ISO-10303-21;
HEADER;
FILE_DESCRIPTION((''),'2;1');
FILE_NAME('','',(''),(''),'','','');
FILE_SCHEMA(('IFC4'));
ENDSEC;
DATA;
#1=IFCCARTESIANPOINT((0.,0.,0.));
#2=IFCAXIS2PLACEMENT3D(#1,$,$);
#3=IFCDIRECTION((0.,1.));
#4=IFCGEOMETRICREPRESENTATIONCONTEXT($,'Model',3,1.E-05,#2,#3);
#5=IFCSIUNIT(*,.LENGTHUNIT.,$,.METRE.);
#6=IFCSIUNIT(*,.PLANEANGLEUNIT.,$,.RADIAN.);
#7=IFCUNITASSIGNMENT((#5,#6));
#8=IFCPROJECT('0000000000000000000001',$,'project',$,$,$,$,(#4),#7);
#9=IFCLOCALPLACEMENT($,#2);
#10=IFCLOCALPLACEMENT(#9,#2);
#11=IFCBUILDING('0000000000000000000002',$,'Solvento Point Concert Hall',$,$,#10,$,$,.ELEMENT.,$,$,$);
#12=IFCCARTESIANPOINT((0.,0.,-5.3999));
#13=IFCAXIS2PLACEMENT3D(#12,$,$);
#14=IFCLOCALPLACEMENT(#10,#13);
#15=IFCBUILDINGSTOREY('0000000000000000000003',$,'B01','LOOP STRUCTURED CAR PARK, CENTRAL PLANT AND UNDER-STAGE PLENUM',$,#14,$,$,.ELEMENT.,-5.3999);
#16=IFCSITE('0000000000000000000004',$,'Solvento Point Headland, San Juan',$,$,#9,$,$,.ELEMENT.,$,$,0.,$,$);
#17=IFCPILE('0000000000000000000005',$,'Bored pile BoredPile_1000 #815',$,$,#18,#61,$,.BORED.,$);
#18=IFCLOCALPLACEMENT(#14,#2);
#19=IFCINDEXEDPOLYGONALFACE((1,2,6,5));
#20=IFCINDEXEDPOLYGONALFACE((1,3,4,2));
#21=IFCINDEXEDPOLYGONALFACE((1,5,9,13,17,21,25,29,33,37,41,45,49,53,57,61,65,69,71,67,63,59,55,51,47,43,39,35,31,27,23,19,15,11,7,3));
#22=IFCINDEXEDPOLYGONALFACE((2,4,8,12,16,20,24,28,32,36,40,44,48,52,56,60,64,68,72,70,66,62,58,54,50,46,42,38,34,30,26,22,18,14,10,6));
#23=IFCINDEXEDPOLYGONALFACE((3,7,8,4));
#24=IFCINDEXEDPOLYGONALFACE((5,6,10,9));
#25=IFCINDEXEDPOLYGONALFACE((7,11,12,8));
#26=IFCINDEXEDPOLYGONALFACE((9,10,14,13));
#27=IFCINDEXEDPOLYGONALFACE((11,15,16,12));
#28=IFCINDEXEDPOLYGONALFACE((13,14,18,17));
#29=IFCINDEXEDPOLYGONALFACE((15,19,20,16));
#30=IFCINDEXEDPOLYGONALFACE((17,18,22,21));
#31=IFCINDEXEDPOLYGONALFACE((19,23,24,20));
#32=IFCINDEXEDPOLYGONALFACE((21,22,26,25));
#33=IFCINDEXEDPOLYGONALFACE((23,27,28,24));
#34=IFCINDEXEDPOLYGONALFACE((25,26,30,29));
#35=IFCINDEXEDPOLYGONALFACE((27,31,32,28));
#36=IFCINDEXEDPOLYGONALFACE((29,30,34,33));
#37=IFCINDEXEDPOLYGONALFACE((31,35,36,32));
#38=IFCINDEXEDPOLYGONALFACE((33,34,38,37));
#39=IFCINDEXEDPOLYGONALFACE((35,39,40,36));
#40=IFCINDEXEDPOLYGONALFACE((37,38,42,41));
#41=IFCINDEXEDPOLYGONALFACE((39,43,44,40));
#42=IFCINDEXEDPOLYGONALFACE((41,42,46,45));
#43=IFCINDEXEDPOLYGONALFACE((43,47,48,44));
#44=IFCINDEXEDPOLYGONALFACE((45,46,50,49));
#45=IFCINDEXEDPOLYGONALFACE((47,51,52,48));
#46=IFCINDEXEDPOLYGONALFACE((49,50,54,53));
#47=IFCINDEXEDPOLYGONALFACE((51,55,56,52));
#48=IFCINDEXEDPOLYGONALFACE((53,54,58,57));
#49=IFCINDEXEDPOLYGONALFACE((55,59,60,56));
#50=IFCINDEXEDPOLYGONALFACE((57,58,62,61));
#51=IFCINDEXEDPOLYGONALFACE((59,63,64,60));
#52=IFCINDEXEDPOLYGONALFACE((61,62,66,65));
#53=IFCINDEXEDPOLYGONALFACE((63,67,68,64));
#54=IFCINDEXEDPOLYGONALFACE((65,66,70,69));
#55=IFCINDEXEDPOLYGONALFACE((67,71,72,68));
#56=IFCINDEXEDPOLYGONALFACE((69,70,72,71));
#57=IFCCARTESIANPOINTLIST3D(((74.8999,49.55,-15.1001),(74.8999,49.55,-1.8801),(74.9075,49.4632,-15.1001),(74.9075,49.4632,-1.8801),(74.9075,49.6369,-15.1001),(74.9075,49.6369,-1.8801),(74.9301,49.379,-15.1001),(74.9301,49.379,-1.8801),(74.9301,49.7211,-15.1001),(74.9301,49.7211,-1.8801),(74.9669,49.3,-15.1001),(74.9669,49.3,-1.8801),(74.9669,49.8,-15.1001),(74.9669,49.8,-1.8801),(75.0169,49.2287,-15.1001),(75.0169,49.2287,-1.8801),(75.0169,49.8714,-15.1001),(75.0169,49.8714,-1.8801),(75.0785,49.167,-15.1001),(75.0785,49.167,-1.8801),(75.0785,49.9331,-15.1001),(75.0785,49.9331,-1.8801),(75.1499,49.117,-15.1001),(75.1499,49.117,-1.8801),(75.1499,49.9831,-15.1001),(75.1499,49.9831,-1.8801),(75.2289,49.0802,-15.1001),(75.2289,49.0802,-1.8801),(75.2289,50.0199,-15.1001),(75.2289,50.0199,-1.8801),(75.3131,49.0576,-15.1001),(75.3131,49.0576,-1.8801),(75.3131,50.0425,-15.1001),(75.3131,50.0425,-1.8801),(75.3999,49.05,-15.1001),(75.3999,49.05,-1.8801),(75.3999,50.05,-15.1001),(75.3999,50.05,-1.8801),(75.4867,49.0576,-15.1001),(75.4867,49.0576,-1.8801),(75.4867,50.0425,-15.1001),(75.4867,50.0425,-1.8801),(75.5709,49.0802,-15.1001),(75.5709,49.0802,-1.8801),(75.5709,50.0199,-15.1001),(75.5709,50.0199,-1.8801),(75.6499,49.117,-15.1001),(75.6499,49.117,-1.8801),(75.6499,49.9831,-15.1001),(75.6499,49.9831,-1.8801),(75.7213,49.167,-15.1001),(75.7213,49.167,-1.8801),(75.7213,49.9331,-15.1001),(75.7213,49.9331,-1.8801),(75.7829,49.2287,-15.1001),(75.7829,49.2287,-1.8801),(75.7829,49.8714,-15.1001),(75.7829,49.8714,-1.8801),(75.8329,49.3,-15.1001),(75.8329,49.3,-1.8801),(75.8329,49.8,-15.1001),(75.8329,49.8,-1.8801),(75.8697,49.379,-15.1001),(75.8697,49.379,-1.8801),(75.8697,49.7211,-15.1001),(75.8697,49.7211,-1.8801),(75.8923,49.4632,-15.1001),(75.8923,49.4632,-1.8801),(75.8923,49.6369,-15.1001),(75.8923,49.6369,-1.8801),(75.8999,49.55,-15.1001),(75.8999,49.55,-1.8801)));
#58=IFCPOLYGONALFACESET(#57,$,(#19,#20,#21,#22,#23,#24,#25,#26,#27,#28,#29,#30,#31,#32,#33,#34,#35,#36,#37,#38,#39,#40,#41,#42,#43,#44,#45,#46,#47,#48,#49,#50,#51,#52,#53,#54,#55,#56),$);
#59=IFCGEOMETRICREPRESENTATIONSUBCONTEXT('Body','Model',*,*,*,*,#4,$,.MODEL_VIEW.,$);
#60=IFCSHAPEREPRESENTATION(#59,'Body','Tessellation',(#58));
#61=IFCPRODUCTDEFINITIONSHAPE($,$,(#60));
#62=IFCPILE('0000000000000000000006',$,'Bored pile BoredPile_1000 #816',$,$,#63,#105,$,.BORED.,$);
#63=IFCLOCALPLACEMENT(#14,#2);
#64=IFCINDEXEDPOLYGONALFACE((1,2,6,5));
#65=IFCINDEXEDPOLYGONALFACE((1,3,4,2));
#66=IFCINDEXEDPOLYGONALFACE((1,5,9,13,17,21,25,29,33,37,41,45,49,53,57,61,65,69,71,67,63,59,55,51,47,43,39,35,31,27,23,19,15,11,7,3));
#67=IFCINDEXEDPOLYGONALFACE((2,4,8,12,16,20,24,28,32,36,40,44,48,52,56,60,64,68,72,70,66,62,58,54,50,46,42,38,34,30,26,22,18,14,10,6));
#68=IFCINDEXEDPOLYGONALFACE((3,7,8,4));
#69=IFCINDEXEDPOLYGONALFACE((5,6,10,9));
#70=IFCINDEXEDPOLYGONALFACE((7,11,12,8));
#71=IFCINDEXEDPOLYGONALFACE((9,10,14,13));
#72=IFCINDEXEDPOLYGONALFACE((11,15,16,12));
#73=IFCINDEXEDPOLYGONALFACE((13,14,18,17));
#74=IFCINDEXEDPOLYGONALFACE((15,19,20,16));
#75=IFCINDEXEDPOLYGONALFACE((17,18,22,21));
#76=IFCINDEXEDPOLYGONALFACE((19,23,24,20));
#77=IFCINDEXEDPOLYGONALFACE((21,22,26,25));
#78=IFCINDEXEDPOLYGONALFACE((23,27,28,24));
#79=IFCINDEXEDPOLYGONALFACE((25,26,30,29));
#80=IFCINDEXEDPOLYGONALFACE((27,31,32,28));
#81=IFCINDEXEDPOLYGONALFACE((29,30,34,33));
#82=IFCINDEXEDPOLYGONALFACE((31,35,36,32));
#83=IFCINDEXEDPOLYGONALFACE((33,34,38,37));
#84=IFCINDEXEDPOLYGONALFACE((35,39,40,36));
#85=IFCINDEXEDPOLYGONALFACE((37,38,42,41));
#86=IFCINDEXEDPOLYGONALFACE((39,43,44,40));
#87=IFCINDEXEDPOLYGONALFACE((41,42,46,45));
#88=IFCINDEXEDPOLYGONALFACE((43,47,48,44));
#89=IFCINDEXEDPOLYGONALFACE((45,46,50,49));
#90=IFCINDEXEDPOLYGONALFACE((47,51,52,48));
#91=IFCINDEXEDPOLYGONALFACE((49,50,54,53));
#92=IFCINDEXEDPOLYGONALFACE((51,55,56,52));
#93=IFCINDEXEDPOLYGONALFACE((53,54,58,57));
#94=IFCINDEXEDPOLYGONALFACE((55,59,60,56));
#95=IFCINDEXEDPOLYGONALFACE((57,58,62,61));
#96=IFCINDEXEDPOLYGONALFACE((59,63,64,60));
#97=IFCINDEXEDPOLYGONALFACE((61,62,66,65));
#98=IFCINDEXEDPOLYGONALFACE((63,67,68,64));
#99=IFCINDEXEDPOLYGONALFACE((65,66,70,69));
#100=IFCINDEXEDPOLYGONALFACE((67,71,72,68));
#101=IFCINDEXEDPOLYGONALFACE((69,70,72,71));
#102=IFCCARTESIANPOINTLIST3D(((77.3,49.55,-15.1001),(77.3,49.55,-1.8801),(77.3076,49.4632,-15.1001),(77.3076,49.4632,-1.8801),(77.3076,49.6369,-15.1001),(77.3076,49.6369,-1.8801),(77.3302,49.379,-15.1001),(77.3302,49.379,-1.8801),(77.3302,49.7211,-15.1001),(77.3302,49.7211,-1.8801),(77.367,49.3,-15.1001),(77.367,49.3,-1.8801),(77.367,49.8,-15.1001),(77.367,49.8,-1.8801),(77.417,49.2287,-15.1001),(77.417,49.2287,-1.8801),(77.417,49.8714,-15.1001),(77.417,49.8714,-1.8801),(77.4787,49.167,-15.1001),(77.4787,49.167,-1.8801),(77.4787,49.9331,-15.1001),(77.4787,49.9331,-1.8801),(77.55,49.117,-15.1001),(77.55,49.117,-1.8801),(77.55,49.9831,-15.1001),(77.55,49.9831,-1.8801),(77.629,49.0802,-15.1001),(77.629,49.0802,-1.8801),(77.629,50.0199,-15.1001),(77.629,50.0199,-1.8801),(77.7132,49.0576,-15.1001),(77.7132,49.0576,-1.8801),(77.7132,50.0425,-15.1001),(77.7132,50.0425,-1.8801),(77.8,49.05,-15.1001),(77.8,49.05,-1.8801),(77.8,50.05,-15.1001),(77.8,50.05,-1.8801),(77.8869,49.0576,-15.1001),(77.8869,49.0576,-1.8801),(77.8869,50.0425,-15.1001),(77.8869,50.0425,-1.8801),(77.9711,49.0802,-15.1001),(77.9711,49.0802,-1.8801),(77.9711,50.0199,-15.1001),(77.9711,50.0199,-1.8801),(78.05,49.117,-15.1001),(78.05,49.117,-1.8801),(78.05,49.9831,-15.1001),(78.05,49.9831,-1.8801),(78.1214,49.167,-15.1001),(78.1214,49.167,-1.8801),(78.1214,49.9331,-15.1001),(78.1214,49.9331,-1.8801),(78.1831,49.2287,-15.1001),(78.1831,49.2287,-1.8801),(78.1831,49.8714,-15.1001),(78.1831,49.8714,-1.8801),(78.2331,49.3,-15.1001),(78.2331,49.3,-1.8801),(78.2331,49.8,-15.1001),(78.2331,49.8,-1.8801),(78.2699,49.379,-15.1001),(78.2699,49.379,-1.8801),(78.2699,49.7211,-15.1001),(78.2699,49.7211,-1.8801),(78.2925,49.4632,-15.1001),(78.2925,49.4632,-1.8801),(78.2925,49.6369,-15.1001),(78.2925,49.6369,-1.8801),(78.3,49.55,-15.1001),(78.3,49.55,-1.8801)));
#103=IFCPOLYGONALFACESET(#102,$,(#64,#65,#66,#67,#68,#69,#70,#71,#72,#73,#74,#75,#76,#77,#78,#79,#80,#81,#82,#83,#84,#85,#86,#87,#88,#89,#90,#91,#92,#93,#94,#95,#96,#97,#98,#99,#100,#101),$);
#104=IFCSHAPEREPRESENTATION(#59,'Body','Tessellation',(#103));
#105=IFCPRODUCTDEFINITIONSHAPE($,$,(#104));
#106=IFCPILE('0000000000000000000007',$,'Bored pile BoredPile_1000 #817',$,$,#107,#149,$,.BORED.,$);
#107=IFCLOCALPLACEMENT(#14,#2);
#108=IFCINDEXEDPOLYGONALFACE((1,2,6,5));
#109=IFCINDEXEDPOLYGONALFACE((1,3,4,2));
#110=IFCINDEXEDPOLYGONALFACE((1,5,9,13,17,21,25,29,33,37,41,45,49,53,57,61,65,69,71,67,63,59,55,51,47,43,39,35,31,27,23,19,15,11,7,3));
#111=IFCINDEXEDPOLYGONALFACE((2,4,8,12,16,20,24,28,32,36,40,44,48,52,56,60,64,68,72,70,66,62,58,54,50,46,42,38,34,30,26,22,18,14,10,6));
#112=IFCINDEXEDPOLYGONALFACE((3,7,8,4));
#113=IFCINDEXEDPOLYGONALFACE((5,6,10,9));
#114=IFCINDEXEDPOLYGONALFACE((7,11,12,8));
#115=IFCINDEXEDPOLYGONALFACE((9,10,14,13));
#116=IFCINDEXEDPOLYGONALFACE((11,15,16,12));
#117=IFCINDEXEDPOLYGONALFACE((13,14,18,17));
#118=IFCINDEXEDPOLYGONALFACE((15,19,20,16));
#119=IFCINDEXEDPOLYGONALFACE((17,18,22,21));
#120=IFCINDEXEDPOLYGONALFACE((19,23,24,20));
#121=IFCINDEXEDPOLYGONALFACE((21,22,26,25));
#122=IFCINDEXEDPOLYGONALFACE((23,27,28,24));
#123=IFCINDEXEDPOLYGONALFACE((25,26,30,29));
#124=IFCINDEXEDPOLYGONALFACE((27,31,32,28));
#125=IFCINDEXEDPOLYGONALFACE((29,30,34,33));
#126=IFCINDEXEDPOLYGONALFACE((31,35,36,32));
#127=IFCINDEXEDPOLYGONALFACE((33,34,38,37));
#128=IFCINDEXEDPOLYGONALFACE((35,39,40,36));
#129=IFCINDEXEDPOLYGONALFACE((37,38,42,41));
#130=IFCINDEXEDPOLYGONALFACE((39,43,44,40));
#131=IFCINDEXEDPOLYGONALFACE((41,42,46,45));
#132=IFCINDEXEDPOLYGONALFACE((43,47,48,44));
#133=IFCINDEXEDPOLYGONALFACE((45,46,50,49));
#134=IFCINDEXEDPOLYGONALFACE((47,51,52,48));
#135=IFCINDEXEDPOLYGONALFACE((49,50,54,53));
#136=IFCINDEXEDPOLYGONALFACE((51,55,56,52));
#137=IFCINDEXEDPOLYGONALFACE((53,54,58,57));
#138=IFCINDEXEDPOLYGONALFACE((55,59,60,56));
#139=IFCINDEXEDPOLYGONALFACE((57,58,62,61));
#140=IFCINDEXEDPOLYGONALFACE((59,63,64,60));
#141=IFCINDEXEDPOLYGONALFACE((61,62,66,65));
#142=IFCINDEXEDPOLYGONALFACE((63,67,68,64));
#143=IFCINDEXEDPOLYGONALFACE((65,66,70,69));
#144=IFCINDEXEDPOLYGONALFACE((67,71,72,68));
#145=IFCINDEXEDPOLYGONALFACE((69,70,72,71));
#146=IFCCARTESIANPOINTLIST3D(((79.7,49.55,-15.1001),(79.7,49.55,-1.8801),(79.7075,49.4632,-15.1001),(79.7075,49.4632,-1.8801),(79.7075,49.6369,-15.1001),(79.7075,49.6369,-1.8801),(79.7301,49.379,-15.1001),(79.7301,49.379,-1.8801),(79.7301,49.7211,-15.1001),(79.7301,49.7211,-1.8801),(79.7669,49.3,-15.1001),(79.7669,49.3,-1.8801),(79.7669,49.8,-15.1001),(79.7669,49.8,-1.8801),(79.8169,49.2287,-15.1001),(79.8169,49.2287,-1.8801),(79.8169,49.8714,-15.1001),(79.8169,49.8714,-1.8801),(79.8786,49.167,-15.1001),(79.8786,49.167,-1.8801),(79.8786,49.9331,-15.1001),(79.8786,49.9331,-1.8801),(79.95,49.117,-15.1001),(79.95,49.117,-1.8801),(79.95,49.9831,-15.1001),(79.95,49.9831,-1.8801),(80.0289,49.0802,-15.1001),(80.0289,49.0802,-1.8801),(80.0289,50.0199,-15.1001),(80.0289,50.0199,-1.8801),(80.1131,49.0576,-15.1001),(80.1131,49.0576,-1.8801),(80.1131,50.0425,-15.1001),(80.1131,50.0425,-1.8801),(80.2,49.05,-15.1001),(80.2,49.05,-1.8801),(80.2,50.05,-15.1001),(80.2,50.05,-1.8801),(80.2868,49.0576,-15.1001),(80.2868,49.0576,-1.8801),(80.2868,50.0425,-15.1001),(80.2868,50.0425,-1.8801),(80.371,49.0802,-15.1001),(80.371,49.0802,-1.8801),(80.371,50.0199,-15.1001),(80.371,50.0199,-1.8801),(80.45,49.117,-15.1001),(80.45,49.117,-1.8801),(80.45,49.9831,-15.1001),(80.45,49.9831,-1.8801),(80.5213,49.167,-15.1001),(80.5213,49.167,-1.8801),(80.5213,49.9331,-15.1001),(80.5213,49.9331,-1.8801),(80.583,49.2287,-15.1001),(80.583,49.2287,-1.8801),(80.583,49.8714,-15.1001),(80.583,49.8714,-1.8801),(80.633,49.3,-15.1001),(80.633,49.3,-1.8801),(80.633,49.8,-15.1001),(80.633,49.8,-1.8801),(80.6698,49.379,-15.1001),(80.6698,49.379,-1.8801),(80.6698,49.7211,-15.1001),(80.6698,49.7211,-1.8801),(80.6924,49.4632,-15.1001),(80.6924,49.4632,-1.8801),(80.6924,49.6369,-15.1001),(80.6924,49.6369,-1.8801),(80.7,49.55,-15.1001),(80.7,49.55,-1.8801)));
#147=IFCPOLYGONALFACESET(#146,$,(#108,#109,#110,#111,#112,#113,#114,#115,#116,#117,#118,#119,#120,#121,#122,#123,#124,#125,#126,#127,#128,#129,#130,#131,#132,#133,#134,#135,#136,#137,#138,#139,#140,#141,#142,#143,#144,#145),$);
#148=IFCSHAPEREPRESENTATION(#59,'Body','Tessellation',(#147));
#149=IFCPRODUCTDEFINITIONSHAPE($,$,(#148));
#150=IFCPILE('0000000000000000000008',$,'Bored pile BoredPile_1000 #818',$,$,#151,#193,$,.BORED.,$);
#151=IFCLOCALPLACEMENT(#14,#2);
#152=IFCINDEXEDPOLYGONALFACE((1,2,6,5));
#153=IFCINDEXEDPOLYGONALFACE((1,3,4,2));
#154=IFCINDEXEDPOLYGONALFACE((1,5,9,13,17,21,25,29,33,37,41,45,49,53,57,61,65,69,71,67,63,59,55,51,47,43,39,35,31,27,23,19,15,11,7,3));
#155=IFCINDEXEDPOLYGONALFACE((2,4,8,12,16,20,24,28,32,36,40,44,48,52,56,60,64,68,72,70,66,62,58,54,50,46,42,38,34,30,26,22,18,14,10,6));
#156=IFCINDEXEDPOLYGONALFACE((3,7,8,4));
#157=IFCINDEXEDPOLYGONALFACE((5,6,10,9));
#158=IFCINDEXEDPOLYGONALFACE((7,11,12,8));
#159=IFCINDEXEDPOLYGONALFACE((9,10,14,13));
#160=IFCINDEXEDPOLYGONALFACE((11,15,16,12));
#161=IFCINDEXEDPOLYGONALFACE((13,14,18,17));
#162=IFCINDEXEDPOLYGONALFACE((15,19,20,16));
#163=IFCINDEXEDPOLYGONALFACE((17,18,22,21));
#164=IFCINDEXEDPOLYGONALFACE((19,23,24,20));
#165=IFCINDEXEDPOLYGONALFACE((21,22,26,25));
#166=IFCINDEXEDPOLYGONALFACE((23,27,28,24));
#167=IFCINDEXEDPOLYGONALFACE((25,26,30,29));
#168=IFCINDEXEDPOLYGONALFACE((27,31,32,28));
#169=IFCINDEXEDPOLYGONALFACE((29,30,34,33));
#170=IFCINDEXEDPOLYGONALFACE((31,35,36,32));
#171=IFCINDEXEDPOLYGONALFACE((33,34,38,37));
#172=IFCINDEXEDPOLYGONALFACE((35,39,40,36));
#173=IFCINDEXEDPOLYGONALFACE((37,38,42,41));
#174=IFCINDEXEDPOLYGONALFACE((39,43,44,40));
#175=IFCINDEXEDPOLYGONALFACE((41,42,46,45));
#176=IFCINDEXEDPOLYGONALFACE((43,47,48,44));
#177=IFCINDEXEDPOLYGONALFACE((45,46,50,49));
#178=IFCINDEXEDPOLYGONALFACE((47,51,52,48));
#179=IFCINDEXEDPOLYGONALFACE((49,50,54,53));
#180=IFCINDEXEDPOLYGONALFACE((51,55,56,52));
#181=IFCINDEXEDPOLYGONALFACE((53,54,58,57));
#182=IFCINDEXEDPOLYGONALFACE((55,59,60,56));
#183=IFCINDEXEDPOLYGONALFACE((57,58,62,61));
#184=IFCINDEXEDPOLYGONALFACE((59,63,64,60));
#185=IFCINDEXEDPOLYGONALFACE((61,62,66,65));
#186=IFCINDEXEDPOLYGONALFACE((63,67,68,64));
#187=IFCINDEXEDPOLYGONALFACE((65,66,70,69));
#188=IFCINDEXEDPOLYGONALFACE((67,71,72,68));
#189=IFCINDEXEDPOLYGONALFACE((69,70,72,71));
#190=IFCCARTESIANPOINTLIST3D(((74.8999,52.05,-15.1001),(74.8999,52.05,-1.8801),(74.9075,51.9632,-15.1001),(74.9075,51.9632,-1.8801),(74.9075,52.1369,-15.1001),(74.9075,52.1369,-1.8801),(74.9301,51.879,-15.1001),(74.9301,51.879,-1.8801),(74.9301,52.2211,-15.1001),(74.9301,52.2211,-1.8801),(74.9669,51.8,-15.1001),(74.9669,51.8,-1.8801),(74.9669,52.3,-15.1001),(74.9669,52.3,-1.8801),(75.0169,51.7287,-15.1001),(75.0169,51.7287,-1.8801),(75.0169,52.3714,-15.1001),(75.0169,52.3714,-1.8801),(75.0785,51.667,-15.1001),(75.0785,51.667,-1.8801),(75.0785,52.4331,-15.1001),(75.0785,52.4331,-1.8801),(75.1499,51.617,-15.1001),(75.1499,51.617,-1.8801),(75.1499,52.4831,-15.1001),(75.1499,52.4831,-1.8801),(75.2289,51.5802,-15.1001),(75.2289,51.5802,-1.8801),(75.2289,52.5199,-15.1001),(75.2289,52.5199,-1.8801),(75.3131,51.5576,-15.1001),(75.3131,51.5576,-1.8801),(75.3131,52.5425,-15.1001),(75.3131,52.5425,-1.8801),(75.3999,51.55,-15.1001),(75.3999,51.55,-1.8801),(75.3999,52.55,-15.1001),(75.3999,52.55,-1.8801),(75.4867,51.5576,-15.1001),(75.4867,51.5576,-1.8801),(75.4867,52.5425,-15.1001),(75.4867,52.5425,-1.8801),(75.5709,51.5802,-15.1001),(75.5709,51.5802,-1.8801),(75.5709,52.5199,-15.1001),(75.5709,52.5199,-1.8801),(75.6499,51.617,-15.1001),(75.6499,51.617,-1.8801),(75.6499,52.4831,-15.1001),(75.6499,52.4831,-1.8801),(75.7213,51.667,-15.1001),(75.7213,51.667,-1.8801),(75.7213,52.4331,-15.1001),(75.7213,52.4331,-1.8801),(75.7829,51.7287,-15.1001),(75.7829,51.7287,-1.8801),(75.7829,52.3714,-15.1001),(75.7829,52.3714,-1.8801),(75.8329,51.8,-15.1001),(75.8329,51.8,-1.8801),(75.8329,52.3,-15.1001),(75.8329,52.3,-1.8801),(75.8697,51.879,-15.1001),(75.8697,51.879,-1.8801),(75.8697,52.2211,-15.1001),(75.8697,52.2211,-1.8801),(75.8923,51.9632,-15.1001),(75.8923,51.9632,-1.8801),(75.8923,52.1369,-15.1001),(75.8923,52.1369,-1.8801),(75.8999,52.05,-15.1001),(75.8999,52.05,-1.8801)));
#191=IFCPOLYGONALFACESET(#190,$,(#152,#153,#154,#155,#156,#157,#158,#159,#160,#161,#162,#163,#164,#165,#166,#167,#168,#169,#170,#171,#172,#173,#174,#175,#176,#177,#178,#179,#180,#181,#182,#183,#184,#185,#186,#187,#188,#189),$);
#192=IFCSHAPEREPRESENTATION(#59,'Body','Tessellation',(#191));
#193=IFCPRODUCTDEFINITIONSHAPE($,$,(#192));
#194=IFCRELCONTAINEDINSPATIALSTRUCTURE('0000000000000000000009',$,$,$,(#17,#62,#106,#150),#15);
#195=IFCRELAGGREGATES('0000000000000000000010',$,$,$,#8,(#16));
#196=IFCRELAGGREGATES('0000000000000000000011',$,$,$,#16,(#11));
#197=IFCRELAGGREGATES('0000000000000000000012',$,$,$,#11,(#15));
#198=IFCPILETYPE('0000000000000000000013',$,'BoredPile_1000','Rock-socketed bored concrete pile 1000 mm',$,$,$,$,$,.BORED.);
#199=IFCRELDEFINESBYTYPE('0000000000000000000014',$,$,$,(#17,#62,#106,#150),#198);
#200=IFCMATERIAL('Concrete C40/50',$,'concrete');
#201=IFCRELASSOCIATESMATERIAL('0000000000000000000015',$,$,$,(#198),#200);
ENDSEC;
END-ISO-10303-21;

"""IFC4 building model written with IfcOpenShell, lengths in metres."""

from ifc_helpers import new_model, si_unit, direction, frame, origin, origin_2d, place, context, subcontext, project, spatial, circle, extrude, material, material_profile, profile_set, type_object, element, save


model = new_model("IFC4")

# Units and contexts
model_context = context("Model", 3, precision=1e-05, world=origin(), true_north=direction((0.0, 1.0)))
body_context = subcontext(model_context, "Body", "Model", "MODEL_VIEW")
ifc_project = project(units=[si_unit("LENGTHUNIT", "METRE"), si_unit("PLANEANGLEUNIT", "RADIAN")], contexts=[model_context])

# Site, building, storey
site_placement = place(None, origin())
site = spatial("IfcSite", under=ifc_project, at=site_placement, Name="Solvento Point Headland, San Juan", CompositionType="ELEMENT", RefElevation=0.0)
building_placement = place(site_placement, origin())
building = spatial("IfcBuilding", under=site, at=building_placement, Name="Solvento Point Concert Hall", CompositionType="ELEMENT")
storey_placement = place(building_placement, frame((0.0, 0.0, -5.3999)))
storey = spatial("IfcBuildingStorey", under=building, at=storey_placement, Name="B01", Description="LOOP STRUCTURED CAR PARK, CENTRAL PLANT AND UNDER-STAGE PLENUM", CompositionType="ELEMENT", Elevation=-5.3999)

# Piles
ifc_material_1 = material(Name="Concrete C40/50", Category="concrete")
ifc_material_profile_1 = material_profile(ifc_material_1, circle(Radius=0.5, at=origin_2d()), Name="BP-1000")
ifc_profile_set_1 = profile_set([ifc_material_profile_1], Name="Concrete C40/50")
pile_type_1 = type_object("IfcPileType", Name="BoredPile_1000", Description="Rock-socketed bored concrete pile 1000 mm", PredefinedType="BORED", material=ifc_profile_set_1)
for number, where, z_axis, x_axis, name in (
    (1, (75.3999, 49.55, -1.8801), (0.0, 0.0, -1.0), (1.0, 0.0, 0.0), "Bored pile BoredPile_1000 #815"),
    (2, (77.8, 49.55, -1.8801), (0.0, 0.0, -1.0), (1.0, 0.0, 0.0), "Bored pile BoredPile_1000 #816"),
    (3, (80.2, 49.55, -1.8801), (0.0, 0.0, -1.0), (1.0, 0.0, 0.0), "Bored pile BoredPile_1000 #817"),
    (4, (75.3999, 52.05, -1.8801), (0.0, 0.0, -1.0), (1.0, 0.0, 0.0), "Bored pile BoredPile_1000 #818"),
):
    element("IfcPile", number, at=place(storey_placement, frame(where, z_axis=z_axis, x_axis=x_axis)), inside=storey, type_object=pile_type_1, Name=name, PredefinedType="BORED", context=body_context, shape_type="SweptSolid", body=[
        extrude(circle(Radius=0.5, at=origin_2d()), origin(), (0.0, 0.0, 1.0), 13.22),
    ])

save(model, "model.ifc")
